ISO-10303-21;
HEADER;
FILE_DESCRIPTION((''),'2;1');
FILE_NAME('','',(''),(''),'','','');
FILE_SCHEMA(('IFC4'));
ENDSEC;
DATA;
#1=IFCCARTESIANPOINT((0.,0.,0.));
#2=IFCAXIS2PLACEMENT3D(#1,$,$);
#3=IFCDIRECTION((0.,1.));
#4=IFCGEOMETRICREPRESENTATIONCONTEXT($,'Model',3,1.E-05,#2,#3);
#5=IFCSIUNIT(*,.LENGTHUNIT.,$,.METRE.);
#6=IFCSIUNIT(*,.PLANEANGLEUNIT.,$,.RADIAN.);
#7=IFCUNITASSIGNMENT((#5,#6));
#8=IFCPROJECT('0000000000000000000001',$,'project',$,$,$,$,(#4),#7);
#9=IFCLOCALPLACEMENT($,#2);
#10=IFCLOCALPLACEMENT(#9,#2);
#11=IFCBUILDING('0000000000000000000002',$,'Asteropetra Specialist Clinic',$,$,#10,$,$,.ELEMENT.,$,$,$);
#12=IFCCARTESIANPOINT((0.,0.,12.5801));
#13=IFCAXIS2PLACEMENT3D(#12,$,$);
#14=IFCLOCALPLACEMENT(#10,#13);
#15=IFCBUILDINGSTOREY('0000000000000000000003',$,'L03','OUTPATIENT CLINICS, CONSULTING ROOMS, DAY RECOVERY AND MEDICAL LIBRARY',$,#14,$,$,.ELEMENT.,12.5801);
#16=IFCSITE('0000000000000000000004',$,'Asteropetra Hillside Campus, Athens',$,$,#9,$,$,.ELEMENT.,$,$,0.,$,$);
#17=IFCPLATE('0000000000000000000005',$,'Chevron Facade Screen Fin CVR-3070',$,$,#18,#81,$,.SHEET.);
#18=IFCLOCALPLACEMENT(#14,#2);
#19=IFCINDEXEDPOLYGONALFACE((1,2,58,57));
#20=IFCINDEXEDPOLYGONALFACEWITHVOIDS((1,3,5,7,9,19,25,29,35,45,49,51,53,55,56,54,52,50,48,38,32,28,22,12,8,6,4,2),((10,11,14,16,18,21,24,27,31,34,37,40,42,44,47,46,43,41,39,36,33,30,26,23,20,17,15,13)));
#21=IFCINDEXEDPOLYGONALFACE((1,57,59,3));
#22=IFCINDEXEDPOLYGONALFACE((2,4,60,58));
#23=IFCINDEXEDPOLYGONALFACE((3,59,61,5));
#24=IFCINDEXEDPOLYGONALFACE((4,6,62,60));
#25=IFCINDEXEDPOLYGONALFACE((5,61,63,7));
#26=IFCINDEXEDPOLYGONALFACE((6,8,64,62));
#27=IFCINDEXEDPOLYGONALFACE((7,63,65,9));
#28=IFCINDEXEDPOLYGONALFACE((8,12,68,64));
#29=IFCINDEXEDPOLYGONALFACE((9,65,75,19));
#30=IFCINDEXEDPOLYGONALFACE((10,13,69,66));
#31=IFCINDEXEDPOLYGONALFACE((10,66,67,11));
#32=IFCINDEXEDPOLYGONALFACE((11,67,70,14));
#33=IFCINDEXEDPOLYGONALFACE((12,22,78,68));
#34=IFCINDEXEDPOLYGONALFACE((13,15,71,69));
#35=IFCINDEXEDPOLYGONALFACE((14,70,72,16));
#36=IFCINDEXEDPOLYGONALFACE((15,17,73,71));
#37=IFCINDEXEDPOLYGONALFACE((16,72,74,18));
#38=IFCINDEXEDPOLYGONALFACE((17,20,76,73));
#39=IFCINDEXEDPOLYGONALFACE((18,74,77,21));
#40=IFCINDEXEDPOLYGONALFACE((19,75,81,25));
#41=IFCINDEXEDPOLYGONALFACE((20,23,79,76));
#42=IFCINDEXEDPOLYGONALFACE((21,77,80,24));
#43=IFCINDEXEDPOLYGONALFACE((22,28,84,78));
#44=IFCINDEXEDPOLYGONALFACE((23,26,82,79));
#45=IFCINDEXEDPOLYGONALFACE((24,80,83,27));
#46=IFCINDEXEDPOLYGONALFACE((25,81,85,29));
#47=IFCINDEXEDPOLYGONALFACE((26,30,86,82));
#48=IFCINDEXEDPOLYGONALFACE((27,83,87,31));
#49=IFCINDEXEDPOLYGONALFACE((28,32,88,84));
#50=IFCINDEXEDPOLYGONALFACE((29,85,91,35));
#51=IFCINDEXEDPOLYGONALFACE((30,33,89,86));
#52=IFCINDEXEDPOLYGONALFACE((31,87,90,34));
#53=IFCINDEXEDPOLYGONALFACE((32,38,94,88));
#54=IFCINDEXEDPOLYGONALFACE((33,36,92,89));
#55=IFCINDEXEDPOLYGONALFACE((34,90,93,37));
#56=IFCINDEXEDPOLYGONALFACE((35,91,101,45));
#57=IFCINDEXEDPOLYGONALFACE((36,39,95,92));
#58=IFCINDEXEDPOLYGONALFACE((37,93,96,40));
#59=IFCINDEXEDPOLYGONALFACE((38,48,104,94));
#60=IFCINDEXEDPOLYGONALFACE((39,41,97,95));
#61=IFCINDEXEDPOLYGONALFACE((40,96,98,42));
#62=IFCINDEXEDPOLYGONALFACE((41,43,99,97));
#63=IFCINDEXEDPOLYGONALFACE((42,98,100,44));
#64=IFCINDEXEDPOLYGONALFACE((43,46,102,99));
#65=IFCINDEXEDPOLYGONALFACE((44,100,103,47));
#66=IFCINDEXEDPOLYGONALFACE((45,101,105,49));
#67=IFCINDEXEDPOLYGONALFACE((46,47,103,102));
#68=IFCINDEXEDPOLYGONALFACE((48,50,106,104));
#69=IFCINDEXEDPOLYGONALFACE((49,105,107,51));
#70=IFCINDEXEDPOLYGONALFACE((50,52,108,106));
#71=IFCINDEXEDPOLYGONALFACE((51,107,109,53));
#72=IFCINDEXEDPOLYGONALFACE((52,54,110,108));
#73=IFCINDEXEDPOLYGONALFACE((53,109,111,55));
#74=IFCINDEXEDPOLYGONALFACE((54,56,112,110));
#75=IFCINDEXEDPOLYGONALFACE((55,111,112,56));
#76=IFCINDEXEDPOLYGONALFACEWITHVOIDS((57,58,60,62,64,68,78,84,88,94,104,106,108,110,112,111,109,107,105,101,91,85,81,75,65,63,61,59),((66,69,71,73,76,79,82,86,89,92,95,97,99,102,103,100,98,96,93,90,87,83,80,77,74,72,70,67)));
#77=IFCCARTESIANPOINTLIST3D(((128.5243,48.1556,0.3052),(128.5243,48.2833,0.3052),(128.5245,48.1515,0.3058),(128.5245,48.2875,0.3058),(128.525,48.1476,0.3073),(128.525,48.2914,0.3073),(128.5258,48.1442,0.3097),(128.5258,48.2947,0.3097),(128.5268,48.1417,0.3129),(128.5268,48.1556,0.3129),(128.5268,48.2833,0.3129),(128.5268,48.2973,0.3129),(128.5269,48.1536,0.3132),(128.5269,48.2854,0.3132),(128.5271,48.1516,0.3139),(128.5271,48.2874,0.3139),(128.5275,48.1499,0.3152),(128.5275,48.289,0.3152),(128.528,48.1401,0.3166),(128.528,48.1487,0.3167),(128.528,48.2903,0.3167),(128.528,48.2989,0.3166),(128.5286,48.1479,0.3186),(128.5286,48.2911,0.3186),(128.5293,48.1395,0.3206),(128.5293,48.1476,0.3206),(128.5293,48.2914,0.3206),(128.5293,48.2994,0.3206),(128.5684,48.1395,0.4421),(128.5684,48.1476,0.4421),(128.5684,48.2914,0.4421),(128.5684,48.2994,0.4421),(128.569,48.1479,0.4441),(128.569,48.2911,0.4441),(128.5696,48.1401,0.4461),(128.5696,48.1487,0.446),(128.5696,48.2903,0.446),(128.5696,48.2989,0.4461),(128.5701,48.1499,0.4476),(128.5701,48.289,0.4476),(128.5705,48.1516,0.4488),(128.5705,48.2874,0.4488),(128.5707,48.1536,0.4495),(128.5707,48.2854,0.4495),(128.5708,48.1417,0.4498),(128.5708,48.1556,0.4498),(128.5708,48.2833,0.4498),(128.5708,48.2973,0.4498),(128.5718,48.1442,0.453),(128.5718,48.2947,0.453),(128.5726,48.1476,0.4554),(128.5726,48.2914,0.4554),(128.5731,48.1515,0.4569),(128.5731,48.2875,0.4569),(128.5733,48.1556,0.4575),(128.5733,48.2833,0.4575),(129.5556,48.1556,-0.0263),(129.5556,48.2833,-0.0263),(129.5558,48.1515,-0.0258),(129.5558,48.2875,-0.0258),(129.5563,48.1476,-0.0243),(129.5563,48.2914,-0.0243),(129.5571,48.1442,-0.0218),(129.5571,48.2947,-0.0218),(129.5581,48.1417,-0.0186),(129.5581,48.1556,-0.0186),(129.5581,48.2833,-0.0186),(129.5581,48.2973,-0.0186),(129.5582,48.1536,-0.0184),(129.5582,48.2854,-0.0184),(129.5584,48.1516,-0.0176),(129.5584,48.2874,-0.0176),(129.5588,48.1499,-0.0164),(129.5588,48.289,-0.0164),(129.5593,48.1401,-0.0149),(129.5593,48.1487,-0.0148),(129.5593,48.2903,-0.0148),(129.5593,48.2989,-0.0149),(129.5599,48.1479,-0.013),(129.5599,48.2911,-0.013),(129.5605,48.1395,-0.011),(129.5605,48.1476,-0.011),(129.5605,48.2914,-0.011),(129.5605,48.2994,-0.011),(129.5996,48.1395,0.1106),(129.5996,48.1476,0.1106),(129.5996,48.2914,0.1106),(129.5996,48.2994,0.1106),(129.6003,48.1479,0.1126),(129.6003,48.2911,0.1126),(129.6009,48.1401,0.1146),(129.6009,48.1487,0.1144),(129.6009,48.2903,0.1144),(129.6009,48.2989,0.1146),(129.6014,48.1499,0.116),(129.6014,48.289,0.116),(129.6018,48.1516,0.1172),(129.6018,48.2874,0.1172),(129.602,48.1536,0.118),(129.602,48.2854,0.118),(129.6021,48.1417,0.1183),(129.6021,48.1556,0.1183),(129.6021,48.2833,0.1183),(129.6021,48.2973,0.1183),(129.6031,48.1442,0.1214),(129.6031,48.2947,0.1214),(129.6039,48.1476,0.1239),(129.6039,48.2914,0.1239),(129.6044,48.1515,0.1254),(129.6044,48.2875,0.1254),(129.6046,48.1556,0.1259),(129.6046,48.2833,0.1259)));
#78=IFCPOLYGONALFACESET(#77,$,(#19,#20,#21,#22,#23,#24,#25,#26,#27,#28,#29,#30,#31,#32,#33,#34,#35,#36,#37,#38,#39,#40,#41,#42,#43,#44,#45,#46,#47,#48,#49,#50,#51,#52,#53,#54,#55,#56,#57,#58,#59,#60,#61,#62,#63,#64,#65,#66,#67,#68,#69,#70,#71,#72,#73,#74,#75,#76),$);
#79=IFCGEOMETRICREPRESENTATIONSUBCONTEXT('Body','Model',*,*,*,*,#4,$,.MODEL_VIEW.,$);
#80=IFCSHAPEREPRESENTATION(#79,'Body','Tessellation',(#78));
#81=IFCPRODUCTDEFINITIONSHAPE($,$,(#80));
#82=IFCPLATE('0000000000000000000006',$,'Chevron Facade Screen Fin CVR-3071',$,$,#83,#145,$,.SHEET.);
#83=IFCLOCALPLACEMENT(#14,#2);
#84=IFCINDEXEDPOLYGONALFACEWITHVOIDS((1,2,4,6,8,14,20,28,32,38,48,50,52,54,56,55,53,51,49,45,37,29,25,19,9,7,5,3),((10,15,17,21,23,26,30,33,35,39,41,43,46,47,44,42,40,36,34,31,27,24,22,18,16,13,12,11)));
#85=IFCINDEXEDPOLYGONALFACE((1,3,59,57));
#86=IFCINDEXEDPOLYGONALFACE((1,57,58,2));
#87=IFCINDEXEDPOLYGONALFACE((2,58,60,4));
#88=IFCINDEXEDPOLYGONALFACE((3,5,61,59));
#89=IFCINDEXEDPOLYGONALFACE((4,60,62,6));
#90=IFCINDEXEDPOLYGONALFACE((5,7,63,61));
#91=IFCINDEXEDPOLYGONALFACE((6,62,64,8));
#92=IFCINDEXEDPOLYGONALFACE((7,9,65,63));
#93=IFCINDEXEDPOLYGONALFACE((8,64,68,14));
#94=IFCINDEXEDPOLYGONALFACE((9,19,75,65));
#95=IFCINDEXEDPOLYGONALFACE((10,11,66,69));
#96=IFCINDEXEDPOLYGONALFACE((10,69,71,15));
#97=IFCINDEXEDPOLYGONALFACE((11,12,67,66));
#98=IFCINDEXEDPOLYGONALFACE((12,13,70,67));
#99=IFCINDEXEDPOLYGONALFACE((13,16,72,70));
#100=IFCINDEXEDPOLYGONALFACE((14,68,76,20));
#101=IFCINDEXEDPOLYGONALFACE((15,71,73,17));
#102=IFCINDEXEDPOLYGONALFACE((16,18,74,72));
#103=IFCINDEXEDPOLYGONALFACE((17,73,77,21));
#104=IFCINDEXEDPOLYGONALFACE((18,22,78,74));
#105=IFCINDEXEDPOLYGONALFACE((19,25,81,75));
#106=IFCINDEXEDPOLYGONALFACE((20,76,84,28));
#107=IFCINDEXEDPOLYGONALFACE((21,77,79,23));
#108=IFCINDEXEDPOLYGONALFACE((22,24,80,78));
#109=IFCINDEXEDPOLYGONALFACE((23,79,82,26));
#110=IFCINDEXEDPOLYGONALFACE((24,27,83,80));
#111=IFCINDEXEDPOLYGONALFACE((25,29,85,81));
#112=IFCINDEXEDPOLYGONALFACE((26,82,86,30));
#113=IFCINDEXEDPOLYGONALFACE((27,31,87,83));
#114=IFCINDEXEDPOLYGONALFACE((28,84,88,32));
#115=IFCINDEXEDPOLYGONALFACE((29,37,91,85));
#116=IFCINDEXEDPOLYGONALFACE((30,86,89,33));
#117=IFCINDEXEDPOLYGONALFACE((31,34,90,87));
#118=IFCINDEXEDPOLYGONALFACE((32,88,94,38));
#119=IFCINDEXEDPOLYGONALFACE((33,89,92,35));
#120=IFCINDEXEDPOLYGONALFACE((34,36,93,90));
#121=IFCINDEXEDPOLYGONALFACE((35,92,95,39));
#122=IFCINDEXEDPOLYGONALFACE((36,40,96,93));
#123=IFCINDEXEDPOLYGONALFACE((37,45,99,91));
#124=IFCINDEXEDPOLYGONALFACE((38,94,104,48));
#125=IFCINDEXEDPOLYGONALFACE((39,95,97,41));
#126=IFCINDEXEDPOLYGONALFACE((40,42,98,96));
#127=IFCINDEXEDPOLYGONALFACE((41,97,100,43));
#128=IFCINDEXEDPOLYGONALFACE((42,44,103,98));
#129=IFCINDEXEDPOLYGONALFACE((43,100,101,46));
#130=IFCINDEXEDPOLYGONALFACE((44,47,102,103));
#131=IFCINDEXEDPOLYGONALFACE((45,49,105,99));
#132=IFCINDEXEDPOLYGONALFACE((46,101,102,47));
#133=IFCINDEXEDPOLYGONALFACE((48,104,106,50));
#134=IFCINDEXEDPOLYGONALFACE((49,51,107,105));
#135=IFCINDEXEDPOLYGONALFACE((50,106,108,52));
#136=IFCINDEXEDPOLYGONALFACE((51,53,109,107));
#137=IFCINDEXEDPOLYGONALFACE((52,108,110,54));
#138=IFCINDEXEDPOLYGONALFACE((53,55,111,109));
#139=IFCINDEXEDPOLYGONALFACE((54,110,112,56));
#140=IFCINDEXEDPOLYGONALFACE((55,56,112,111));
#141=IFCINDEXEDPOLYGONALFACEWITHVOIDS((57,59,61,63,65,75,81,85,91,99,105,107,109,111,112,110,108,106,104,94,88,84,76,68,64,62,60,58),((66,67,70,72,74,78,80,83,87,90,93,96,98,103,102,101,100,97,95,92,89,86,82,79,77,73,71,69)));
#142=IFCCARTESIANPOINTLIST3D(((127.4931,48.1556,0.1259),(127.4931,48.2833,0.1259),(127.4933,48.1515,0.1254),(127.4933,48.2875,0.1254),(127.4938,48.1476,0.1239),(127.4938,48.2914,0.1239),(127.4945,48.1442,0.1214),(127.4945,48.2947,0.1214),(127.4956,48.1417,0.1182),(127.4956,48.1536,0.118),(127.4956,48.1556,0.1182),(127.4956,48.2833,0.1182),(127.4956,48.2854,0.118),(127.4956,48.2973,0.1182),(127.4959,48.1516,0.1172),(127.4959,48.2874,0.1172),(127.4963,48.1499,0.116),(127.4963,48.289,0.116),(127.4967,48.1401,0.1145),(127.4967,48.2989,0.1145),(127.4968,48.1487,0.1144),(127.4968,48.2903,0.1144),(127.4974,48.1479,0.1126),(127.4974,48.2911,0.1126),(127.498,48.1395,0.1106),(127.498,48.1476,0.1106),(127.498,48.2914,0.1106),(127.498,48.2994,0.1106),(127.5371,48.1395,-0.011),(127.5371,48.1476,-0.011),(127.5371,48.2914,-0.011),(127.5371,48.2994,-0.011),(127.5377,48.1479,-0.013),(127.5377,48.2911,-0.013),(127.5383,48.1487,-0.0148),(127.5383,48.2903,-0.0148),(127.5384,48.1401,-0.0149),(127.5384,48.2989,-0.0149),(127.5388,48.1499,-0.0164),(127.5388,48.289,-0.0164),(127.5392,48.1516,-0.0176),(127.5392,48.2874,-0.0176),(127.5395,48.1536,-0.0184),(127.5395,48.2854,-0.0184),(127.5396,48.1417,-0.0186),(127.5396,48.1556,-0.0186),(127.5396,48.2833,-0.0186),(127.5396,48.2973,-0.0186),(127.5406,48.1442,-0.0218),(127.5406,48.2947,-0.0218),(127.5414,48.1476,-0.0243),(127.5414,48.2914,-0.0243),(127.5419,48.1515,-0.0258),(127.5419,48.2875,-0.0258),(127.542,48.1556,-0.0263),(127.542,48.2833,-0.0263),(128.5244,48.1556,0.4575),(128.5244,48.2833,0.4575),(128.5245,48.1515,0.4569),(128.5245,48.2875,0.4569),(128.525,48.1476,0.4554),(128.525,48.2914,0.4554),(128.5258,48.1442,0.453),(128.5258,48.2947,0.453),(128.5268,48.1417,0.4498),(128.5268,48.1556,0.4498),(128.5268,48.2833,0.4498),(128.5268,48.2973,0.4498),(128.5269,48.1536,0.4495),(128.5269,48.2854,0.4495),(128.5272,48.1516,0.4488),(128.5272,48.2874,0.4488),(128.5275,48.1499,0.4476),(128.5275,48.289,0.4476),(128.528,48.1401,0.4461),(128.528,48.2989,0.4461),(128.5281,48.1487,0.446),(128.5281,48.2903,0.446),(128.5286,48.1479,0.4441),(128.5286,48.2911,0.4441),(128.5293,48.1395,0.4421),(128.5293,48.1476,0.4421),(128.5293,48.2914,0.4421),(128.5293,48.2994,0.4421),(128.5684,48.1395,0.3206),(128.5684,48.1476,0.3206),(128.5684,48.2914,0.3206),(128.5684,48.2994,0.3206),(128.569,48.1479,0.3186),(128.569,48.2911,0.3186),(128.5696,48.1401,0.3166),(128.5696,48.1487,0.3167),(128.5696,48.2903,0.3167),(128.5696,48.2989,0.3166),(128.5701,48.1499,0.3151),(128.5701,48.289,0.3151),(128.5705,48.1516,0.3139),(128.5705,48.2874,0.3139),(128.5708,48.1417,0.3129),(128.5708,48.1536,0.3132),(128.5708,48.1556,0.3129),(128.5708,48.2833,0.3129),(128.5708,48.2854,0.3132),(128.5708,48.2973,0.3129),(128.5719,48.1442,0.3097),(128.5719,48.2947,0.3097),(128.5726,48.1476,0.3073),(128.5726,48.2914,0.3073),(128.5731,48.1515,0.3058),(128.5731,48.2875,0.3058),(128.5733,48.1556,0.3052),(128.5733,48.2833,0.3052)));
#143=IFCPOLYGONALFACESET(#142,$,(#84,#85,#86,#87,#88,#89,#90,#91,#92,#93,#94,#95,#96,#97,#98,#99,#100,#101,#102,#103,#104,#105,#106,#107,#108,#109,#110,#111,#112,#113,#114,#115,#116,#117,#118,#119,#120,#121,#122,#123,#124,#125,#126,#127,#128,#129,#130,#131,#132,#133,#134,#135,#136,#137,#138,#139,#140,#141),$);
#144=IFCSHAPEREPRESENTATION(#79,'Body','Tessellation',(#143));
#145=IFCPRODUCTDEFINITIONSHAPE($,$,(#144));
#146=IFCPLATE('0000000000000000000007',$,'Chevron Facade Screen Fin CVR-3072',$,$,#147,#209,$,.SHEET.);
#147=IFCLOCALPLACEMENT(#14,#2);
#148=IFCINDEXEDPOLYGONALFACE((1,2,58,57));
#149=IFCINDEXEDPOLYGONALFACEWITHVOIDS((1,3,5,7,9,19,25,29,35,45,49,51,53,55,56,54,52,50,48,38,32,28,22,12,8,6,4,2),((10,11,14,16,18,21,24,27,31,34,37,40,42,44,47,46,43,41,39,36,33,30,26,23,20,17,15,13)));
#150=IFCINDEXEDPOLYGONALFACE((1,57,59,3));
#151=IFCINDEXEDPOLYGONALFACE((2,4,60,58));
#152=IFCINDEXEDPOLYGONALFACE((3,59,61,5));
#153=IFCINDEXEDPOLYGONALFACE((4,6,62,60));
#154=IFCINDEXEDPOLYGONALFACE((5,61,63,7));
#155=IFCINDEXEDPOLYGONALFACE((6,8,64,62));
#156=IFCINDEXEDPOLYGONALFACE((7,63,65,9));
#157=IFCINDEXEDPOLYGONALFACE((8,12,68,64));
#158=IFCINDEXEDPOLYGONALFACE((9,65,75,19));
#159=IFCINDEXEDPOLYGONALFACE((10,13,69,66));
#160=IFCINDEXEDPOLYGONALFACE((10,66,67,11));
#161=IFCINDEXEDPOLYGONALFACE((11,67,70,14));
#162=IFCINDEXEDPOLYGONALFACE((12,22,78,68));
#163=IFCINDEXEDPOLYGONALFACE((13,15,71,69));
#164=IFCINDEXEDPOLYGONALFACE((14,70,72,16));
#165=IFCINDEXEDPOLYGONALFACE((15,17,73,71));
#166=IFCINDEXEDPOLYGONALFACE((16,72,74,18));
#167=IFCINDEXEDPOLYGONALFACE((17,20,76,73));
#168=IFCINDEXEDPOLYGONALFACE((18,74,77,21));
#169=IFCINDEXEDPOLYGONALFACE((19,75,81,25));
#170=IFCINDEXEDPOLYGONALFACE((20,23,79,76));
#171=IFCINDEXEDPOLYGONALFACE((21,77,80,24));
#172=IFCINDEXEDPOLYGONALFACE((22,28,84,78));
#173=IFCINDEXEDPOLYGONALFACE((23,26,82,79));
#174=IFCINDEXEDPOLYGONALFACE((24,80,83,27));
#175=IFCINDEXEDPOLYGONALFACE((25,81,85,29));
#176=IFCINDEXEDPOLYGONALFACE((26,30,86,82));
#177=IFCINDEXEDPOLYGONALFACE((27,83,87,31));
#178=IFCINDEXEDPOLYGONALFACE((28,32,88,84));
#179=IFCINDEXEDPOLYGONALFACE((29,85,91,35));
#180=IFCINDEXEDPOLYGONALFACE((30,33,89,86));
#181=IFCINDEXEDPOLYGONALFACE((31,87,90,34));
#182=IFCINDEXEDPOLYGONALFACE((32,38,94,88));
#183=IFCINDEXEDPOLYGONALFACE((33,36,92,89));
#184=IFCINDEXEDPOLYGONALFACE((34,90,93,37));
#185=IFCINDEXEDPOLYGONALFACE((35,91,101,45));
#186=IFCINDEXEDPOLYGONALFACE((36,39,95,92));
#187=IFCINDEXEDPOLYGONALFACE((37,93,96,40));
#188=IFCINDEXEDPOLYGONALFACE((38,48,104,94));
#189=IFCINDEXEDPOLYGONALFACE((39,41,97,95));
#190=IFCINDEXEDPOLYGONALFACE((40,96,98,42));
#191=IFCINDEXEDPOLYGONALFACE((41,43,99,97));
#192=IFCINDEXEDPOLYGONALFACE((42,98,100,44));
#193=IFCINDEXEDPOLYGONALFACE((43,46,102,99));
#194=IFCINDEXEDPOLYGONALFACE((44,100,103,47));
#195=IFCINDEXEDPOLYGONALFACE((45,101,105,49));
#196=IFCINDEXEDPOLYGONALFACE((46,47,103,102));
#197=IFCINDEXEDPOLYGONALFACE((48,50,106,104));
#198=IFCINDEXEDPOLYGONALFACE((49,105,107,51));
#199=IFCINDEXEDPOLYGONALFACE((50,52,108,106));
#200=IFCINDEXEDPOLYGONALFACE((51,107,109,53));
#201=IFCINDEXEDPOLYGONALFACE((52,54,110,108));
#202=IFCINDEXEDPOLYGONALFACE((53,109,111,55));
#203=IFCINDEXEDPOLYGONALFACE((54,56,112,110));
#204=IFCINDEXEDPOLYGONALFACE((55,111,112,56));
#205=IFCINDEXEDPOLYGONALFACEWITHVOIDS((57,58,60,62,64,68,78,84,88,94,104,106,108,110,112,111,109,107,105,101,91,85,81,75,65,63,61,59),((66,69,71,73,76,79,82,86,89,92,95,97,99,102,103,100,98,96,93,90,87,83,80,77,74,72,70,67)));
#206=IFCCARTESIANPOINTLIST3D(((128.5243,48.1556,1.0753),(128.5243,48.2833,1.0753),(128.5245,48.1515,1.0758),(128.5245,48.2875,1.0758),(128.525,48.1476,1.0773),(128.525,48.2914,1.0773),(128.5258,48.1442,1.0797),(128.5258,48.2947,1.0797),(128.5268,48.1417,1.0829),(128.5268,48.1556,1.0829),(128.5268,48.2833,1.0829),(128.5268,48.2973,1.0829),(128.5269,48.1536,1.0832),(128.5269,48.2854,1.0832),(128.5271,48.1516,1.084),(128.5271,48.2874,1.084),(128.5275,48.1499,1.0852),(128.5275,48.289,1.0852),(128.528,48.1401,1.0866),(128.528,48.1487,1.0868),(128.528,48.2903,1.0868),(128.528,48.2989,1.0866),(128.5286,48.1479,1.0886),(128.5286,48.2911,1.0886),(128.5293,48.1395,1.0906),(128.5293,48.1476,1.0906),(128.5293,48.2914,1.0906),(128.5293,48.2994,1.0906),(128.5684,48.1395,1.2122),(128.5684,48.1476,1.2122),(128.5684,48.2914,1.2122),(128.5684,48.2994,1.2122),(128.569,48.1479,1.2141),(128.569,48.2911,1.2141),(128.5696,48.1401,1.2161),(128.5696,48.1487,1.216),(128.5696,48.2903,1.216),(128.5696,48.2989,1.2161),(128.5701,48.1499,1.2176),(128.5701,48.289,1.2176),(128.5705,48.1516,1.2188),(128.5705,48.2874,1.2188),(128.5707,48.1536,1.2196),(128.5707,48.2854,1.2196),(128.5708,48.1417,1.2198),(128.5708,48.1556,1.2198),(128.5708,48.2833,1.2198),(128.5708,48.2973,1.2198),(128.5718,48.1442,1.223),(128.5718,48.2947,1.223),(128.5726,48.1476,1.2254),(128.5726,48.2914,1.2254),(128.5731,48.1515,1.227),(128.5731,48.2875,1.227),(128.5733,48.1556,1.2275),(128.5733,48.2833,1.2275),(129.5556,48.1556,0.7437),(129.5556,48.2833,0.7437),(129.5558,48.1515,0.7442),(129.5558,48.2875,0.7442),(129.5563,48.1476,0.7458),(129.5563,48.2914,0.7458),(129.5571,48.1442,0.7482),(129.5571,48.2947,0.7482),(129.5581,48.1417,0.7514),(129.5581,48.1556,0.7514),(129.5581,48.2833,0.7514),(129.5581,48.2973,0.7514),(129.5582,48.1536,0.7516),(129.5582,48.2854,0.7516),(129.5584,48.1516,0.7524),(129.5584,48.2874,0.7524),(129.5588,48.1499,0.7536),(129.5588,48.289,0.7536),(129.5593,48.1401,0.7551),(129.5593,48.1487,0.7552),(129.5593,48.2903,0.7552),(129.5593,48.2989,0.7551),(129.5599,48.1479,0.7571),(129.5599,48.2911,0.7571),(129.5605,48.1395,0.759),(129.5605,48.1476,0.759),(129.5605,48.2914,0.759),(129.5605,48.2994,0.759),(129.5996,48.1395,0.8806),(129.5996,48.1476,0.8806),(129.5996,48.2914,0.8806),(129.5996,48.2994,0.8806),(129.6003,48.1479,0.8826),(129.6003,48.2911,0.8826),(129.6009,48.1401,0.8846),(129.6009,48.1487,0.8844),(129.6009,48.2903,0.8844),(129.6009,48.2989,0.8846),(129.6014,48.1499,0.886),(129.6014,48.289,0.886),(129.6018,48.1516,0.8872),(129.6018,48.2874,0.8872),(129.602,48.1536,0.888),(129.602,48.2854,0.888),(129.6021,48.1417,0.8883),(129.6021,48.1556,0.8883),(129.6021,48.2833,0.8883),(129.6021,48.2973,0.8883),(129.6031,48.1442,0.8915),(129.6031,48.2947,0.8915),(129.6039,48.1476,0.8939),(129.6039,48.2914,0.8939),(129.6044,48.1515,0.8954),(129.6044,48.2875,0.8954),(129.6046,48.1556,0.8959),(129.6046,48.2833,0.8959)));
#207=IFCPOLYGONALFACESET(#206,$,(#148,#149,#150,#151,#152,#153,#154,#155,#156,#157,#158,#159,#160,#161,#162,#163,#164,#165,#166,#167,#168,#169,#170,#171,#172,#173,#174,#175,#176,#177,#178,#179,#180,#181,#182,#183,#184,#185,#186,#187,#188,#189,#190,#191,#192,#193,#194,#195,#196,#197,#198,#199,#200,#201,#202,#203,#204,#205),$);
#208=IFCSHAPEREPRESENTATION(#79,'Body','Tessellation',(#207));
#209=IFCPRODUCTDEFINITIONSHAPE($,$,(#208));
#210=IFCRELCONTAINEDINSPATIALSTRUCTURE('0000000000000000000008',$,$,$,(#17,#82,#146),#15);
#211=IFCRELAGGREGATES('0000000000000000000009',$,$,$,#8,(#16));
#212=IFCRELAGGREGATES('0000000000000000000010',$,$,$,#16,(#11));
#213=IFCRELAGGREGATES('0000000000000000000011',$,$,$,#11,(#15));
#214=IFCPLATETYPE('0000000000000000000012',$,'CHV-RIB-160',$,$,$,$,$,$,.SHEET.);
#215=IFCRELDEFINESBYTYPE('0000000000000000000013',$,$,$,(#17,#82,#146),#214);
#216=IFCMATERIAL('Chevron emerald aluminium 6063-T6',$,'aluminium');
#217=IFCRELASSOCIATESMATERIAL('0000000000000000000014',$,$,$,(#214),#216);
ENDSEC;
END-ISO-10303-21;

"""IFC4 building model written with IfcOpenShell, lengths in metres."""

from ifc_helpers import new_model, si_unit, direction, frame, origin, origin_2d, place, context, subcontext, project, spatial, hollow_rectangle, extrude, material, material_profile, profile_set, type_object, element, save


model = new_model("IFC4")

# Units and contexts
model_context = context("Model", 3, precision=1e-05, world=origin(), true_north=direction((0.0, 1.0)))
body_context = subcontext(model_context, "Body", "Model", "MODEL_VIEW")
ifc_project = project(units=[si_unit("LENGTHUNIT", "METRE"), si_unit("PLANEANGLEUNIT", "RADIAN")], contexts=[model_context])

# Site, building, storey
site_placement = place(None, origin())
site = spatial("IfcSite", under=ifc_project, at=site_placement, Name="Asteropetra Hillside Campus, Athens", CompositionType="ELEMENT", RefElevation=0.0)
building_placement = place(site_placement, origin())
building = spatial("IfcBuilding", under=site, at=building_placement, Name="Asteropetra Specialist Clinic", CompositionType="ELEMENT")
storey_placement = place(building_placement, frame((0.0, 0.0, 12.5801)))
storey = spatial("IfcBuildingStorey", under=building, at=storey_placement, Name="L03", Description="OUTPATIENT CLINICS, CONSULTING ROOMS, DAY RECOVERY AND MEDICAL LIBRARY", CompositionType="ELEMENT", Elevation=12.5801)

# Plates
ifc_material_1 = material(Name="Chevron emerald aluminium 6063-T6", Category="aluminium")
ifc_material_profile = material_profile(ifc_material_1, hollow_rectangle(XDim=0.1599, YDim=0.1599, WallThickness=0.0081, InnerFilletRadius=0.0081, OuterFilletRadius=0.0161, at=origin_2d()), Name="SHS 160x160x8.0")
ifc_profile_set = profile_set([ifc_material_profile], Name="Chevron emerald aluminium 6063-T6")
plate_type_1 = type_object("IfcPlateType", Name="CHV-RIB-160", PredefinedType="SHEET", material=ifc_profile_set)
for number, where, z_axis, x_axis, name in (
    (1, (129.5801, 48.2195, 0.0498), (-0.95201, 0.0, 0.306068), (0.0, -1.0, 0.0), "Chevron Facade Screen Fin CVR-3070"),
    (2, (128.5488, 48.2195, 0.3813), (-0.95201, 0.0, -0.306068), (0.0, -1.0, 0.0), "Chevron Facade Screen Fin CVR-3071"),
    (3, (129.5801, 48.2195, 0.8198), (-0.95201, 0.0, 0.306068), (0.0, -1.0, 0.0), "Chevron Facade Screen Fin CVR-3072"),
):
    element("IfcPlate", number, at=place(storey_placement, frame(where, z_axis=z_axis, x_axis=x_axis)), inside=storey, type_object=plate_type_1, Name=name, PredefinedType="SHEET", context=body_context, shape_type="SweptSolid", body=[
        extrude(hollow_rectangle(XDim=0.1599, YDim=0.1599, WallThickness=0.0081, InnerFilletRadius=0.0081, OuterFilletRadius=0.0161, at=origin_2d()), origin(), (0.0, 0.0, 1.0), 1.0833),
    ])

save(model, "model.ifc")
